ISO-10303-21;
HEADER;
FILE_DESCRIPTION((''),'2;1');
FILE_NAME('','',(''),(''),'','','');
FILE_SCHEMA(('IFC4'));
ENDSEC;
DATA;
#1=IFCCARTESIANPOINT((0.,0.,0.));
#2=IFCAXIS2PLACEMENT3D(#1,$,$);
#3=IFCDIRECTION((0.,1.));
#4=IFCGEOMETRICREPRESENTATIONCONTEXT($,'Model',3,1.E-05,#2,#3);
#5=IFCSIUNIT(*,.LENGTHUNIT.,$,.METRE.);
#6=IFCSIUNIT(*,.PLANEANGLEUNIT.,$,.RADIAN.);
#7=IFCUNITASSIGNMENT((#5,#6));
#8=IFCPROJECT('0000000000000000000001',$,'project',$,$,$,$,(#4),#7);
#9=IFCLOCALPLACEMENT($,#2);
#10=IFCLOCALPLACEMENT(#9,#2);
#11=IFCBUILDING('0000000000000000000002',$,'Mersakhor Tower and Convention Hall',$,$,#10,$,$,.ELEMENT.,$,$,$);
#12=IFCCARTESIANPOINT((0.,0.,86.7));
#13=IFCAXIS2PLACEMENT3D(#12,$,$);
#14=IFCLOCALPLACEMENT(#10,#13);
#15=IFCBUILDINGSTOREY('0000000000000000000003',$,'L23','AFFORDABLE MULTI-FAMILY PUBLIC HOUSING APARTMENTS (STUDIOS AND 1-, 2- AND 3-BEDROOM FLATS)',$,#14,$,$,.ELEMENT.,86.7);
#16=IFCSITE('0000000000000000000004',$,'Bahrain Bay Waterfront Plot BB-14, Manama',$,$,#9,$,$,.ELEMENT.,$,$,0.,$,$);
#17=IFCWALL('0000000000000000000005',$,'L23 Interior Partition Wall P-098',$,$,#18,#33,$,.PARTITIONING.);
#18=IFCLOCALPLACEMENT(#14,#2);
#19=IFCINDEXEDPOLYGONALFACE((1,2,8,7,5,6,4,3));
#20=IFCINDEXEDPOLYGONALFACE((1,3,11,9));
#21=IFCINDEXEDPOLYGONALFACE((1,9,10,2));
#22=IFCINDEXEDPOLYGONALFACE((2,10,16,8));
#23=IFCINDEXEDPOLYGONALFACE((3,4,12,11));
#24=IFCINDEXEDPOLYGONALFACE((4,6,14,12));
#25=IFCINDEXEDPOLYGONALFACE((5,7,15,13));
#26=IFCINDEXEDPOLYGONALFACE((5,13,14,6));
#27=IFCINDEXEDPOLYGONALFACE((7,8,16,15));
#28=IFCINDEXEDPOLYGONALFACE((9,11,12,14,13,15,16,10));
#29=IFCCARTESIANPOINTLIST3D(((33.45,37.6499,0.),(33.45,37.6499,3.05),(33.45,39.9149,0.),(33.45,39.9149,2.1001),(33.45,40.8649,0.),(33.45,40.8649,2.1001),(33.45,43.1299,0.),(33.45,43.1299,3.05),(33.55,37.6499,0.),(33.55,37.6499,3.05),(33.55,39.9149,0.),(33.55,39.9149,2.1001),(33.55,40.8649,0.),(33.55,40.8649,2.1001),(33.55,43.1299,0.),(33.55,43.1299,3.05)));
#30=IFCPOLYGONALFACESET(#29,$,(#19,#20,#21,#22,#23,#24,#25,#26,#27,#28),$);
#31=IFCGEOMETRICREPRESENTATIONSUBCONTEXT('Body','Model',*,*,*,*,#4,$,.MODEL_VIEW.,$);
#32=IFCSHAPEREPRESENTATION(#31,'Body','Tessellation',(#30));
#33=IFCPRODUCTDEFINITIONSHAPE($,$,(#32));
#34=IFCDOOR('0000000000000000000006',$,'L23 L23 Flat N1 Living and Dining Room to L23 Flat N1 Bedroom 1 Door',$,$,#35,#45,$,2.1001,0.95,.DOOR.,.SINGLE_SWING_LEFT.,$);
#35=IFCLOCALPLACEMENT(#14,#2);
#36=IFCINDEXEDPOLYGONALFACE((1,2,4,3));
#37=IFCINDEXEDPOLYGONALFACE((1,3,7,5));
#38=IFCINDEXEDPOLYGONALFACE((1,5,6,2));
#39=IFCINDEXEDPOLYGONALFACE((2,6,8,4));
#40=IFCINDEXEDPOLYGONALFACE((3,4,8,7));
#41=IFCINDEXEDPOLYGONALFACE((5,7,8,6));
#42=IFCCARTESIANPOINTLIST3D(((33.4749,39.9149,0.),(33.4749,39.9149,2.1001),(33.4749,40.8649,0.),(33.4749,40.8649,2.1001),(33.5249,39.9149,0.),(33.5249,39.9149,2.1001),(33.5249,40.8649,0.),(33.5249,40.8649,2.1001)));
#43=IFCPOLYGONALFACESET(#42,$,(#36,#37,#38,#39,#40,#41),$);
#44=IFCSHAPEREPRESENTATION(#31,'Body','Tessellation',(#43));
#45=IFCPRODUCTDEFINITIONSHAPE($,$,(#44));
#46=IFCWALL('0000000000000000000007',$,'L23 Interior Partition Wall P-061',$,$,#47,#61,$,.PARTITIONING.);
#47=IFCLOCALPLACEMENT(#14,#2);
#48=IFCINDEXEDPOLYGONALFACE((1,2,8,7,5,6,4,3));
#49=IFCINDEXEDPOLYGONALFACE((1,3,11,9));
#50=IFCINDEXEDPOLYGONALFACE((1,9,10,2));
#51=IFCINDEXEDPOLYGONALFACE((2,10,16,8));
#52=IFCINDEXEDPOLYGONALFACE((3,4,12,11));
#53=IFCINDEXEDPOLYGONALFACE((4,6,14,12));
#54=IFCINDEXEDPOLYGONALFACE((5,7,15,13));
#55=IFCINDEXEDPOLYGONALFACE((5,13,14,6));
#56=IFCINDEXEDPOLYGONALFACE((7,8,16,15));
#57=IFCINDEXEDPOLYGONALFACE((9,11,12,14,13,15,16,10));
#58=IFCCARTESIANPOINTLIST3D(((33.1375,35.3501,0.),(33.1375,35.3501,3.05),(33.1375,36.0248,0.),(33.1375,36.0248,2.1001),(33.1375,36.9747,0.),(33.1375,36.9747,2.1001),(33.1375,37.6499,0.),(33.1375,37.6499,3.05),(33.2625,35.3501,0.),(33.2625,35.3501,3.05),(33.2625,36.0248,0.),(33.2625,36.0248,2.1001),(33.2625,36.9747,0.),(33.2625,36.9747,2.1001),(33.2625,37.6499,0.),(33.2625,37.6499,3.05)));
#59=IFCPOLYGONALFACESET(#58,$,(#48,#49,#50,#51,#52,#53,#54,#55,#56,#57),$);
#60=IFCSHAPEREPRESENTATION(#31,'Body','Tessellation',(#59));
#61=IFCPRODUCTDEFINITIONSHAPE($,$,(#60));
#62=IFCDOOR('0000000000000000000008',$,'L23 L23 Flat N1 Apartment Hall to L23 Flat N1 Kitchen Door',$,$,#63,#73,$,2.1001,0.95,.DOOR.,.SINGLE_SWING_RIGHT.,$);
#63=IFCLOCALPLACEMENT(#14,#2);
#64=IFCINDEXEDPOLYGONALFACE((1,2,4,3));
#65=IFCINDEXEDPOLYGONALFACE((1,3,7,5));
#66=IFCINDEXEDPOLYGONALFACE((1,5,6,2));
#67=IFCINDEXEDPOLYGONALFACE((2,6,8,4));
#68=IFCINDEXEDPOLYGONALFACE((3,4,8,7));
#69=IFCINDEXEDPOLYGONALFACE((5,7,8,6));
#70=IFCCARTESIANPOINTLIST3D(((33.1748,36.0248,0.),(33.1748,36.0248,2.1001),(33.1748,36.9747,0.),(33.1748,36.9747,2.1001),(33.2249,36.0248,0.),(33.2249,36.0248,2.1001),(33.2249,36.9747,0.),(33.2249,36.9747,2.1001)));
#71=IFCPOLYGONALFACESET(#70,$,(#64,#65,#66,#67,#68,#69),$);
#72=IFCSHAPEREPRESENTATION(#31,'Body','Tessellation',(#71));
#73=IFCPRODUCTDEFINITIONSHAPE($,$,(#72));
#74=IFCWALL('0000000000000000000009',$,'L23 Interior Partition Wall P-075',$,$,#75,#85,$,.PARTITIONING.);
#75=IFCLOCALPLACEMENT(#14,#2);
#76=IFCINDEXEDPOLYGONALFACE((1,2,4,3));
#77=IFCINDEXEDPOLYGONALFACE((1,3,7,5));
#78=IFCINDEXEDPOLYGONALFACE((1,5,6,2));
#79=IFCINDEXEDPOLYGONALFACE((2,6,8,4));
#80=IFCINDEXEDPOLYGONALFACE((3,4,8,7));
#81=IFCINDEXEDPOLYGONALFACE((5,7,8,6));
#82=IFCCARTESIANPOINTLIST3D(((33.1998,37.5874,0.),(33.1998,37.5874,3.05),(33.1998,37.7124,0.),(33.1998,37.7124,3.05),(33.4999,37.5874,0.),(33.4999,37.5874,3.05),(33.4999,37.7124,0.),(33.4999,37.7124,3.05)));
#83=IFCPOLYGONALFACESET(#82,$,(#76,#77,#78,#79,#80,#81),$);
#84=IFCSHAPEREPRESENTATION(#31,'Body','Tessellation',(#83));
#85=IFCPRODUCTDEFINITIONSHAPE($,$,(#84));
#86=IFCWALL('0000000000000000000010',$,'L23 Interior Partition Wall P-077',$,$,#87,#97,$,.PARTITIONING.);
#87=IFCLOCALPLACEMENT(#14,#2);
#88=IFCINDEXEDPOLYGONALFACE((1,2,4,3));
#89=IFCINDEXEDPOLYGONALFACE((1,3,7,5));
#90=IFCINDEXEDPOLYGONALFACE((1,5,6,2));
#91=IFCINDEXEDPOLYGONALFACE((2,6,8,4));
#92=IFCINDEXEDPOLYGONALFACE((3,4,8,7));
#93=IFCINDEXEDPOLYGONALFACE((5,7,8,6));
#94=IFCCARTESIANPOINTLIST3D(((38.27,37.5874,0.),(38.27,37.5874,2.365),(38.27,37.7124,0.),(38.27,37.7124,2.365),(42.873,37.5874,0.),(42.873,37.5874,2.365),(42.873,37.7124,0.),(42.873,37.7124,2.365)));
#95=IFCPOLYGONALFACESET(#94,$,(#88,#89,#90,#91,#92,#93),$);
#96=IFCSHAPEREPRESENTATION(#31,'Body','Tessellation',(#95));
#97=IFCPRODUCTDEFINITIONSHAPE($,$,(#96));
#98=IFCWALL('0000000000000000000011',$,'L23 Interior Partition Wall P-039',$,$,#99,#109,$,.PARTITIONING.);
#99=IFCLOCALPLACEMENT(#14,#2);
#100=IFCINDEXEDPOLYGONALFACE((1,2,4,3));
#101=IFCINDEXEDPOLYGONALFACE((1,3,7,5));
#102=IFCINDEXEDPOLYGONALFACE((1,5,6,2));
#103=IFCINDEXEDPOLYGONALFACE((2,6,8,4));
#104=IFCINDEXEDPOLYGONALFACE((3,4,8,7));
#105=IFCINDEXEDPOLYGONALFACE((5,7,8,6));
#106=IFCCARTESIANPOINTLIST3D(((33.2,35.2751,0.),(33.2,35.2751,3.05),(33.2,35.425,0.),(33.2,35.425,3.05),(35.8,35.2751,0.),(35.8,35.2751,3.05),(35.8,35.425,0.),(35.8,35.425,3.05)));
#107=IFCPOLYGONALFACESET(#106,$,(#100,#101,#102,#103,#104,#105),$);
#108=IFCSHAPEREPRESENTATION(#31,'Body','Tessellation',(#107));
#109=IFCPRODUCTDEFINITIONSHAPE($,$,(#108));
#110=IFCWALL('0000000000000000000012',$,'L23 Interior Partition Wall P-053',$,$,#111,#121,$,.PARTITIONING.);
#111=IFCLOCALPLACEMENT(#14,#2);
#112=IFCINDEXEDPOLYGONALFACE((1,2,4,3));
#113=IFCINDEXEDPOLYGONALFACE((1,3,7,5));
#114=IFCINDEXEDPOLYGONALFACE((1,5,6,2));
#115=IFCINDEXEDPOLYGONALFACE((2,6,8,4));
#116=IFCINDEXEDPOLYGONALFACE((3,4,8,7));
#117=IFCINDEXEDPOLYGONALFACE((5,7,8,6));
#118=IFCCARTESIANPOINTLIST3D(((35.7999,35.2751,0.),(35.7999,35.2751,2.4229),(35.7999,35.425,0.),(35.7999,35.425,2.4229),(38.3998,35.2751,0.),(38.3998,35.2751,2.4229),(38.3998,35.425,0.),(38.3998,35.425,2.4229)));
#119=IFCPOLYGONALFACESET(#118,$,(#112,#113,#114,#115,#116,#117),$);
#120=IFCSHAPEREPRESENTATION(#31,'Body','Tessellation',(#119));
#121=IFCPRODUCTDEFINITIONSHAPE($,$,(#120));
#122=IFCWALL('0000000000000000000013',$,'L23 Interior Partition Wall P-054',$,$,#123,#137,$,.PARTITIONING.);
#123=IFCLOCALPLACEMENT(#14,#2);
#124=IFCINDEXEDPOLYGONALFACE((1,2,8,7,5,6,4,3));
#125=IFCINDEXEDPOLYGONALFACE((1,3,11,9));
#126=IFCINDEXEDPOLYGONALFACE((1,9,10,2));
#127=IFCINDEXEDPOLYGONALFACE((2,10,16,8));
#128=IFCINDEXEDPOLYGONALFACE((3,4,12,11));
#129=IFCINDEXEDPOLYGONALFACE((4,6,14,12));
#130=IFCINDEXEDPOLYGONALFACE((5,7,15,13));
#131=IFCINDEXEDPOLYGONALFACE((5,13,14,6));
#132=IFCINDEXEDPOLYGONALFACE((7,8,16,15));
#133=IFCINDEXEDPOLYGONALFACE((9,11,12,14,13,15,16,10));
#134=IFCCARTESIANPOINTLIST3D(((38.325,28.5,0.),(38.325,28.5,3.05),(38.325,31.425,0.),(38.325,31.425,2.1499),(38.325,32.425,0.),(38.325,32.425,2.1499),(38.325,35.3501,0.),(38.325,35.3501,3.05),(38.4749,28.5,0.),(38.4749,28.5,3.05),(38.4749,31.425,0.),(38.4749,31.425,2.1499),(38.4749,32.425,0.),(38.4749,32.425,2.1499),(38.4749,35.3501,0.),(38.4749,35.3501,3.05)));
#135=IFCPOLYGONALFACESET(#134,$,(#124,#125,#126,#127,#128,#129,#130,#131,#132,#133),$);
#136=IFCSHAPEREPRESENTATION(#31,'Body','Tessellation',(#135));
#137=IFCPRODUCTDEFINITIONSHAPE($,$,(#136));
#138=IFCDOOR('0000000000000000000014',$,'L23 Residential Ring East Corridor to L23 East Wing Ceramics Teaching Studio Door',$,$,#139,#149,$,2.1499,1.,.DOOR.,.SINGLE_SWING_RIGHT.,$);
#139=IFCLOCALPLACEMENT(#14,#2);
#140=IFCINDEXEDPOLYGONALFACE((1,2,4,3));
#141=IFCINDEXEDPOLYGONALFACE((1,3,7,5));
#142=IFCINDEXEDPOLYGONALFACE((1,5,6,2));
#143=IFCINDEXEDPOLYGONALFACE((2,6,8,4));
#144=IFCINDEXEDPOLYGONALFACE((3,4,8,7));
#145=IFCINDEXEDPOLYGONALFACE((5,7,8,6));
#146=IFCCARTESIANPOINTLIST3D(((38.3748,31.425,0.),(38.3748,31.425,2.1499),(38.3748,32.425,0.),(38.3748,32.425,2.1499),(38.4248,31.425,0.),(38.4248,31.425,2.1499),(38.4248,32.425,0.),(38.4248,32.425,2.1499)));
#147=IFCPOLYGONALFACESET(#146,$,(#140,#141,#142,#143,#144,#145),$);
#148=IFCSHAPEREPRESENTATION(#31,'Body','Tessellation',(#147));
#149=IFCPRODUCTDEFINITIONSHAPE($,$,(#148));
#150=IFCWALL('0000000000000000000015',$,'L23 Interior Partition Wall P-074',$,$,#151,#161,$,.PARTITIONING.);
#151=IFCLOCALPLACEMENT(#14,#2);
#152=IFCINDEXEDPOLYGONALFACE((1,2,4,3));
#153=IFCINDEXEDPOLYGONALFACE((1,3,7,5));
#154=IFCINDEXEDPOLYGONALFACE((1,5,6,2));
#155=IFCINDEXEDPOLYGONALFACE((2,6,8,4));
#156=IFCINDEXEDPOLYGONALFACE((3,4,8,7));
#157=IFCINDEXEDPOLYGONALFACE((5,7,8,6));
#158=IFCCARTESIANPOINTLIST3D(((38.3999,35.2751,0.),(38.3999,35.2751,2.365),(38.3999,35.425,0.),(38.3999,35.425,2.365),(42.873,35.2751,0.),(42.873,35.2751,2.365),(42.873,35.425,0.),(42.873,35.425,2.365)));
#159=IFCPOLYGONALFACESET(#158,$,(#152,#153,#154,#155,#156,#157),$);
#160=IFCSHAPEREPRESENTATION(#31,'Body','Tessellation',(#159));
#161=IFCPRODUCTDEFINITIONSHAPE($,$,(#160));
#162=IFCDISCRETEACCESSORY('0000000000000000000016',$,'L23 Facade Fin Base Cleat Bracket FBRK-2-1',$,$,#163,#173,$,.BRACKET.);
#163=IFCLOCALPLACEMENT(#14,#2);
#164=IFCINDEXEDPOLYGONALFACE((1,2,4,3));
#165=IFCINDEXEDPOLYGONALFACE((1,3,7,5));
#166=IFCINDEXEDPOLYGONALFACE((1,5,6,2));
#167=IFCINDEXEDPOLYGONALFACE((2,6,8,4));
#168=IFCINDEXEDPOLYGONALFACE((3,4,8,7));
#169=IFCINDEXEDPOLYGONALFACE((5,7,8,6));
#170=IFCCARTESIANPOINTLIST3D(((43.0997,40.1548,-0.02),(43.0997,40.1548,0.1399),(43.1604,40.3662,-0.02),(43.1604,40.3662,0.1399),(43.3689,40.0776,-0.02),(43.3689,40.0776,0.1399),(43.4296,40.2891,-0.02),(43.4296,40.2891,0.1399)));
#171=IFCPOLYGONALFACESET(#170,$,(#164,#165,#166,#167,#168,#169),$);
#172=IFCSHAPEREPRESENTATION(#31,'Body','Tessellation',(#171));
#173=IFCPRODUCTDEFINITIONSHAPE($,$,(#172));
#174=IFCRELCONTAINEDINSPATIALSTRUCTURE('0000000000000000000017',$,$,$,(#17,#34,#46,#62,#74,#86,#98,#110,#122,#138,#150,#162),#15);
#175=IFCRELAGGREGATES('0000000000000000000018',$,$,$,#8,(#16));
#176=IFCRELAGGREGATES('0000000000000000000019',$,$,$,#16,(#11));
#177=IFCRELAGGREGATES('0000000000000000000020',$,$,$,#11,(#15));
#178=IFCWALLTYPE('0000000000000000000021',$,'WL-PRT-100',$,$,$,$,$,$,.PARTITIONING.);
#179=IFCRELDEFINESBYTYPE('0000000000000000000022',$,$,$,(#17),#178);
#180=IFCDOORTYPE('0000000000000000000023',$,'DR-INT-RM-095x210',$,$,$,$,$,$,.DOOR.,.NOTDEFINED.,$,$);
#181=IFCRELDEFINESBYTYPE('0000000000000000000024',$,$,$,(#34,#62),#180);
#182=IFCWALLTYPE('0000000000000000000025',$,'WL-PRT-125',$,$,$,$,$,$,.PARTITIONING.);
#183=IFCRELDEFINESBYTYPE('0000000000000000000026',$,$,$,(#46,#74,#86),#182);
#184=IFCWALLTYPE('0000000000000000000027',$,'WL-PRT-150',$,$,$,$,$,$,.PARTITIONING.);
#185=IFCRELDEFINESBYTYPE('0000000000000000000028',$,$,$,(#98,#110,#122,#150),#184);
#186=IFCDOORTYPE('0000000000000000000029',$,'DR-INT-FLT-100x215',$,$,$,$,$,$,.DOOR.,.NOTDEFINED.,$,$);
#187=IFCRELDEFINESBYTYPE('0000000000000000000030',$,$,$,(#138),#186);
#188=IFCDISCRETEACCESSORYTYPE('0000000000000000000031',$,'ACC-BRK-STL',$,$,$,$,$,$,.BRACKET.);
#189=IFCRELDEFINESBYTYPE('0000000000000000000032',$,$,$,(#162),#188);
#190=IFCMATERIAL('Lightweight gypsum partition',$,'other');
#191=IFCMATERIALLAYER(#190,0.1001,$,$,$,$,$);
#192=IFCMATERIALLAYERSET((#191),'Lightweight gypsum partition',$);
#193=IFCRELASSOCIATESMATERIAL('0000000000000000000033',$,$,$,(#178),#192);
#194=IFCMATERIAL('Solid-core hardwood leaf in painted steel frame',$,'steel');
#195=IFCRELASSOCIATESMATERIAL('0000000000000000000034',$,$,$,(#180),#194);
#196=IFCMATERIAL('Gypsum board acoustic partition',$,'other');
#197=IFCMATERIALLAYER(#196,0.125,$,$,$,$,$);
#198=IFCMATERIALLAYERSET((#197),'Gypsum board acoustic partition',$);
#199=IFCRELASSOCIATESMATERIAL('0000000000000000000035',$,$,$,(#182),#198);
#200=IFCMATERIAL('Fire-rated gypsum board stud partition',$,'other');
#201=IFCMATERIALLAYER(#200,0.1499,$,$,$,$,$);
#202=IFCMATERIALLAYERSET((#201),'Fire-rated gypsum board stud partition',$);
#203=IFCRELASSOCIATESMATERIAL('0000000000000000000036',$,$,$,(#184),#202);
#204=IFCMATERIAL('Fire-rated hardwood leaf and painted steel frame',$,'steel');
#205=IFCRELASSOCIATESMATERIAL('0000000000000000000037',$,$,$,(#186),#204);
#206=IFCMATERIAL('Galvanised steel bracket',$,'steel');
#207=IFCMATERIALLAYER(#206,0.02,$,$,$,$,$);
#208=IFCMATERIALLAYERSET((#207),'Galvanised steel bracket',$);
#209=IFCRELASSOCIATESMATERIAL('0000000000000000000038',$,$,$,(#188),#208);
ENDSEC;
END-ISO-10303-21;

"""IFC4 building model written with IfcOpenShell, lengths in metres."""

from ifc_helpers import new_model, si_unit, direction, frame, frame_2d, origin, origin_2d, place, context, subcontext, project, spatial, rectangle, extrude, material, layer, layer_set, type_object, element, fill, save


model = new_model("IFC4")

# Units and contexts
model_context = context("Model", 3, precision=1e-05, world=origin(), true_north=direction((0.0, 1.0)))
body_context = subcontext(model_context, "Body", "Model", "MODEL_VIEW")
ifc_project = project(units=[si_unit("LENGTHUNIT", "METRE"), si_unit("PLANEANGLEUNIT", "RADIAN")], contexts=[model_context])

# Site, building, storey
site_placement = place(None, origin())
site = spatial("IfcSite", under=ifc_project, at=site_placement, Name="Bahrain Bay Waterfront Plot BB-14, Manama", CompositionType="ELEMENT", RefElevation=0.0)
building_placement = place(site_placement, origin())
building = spatial("IfcBuilding", under=site, at=building_placement, Name="Mersakhor Tower and Convention Hall", CompositionType="ELEMENT")
storey_placement = place(building_placement, frame((0.0, 0.0, 86.7)))
storey = spatial("IfcBuildingStorey", under=building, at=storey_placement, Name="L23", Description="AFFORDABLE MULTI-FAMILY PUBLIC HOUSING APARTMENTS (STUDIOS AND 1-, 2- AND 3-BEDROOM FLATS)", CompositionType="ELEMENT", Elevation=86.7)

# Shared definitions
ifc_material_1 = material(Name="Lightweight gypsum partition", Category="other")
ifc_layer_1 = layer(ifc_material_1, 0.1001)
ifc_layer_set_1 = layer_set([ifc_layer_1], Name="Lightweight gypsum partition")
wall_type_1 = type_object("IfcWallType", Name="WL-PRT-100", PredefinedType="PARTITIONING", material=ifc_layer_set_1)
ifc_material_2 = material(Name="Solid-core hardwood leaf in painted steel frame", Category="steel")
door_type_1 = type_object("IfcDoorType", Name="DR-INT-RM-095x210", OperationType="NOTDEFINED", PredefinedType="DOOR", material=ifc_material_2)

# Walls, openings, doors
wall_1_placement = place(storey_placement, frame((33.5, 43.1299, 0.0), z_axis=(0.0, 0.0, 1.0), x_axis=(0.0, -1.0, 0.0)))
wall_1 = element("IfcWall", 1, at=wall_1_placement, inside=storey, type_object=wall_type_1, Name="L23 Interior Partition Wall P-098", PredefinedType="PARTITIONING", context=body_context, shape_type="SweptSolid", body=[
    extrude(rectangle(XDim=5.48, YDim=0.1001, at=frame_2d((2.74, 0.0))), origin(), (0.0, 0.0, 1.0), 3.05),
])
opening_1_placement = place(wall_1_placement, frame((2.2649, 0.0, 0.0)))
opening_1 = element("IfcOpeningElement", 2, at=opening_1_placement, cuts=wall_1, PredefinedType="OPENING", context=body_context, shape_type="SweptSolid", body=[
    extrude(rectangle(XDim=0.95, YDim=2.1001, at=frame_2d((0.4751, 1.05))), frame((0.0, 0.0601, 0.0), z_axis=(0.0, -1.0, 0.0), x_axis=(1.0, 0.0, 0.0)), (0.0, 0.0, 1.0), 0.1201),
])
door_1_placement = place(opening_1_placement, origin())
door_1 = element("IfcDoor", 3, at=door_1_placement, inside=storey, type_object=door_type_1, Name="L23 L23 Flat N1 Living and Dining Room to L23 Flat N1 Bedroom 1 Door", OperationType="SINGLE_SWING_LEFT", OverallHeight=2.1001, OverallWidth=0.95, PredefinedType="DOOR", context=body_context, shape_type="SweptSolid", body=[
    extrude(rectangle(XDim=0.95, YDim=2.1001, at=frame_2d((0.4751, 1.05))), frame((0.0, 0.0249, 0.0), z_axis=(0.0, -1.0, 0.0), x_axis=(1.0, 0.0, 0.0)), (0.0, 0.0, 1.0), 0.05),
])
fill(opening_1, door_1)
ifc_material_3 = material(Name="Gypsum board acoustic partition", Category="other")
ifc_layer_2 = layer(ifc_material_3, 0.125)
ifc_layer_set_2 = layer_set([ifc_layer_2], Name="Gypsum board acoustic partition")
wall_type_2 = type_object("IfcWallType", Name="WL-PRT-125", PredefinedType="PARTITIONING", material=ifc_layer_set_2)
wall_2_placement = place(storey_placement, frame((33.2, 37.6499, 0.0), z_axis=(0.0, 0.0, 1.0), x_axis=(0.0, -1.0, 0.0)))
wall_2 = element("IfcWall", 4, at=wall_2_placement, inside=storey, type_object=wall_type_2, Name="L23 Interior Partition Wall P-061", PredefinedType="PARTITIONING", context=body_context, shape_type="SweptSolid", body=[
    extrude(rectangle(XDim=2.2998, YDim=0.125, at=frame_2d((1.1499, 0.0))), origin(), (0.0, 0.0, 1.0), 3.05),
])
opening_2_placement = place(wall_2_placement, frame((0.675, 0.0, 0.0)))
opening_2 = element("IfcOpeningElement", 5, at=opening_2_placement, cuts=wall_2, PredefinedType="OPENING", context=body_context, shape_type="SweptSolid", body=[
    extrude(rectangle(XDim=0.95, YDim=2.1001, at=frame_2d((0.4751, 1.05))), frame((0.0, 0.0725, 0.0), z_axis=(0.0, -1.0, 0.0), x_axis=(1.0, 0.0, 0.0)), (0.0, 0.0, 1.0), 0.145),
])
door_2_placement = place(opening_2_placement, origin())
door_2 = element("IfcDoor", 6, at=door_2_placement, inside=storey, type_object=door_type_1, Name="L23 L23 Flat N1 Apartment Hall to L23 Flat N1 Kitchen Door", OperationType="SINGLE_SWING_RIGHT", OverallHeight=2.1001, OverallWidth=0.95, PredefinedType="DOOR", context=body_context, shape_type="SweptSolid", body=[
    extrude(rectangle(XDim=0.95, YDim=2.1001, at=frame_2d((0.4751, 1.05))), frame((0.0, 0.0249, 0.0), z_axis=(0.0, -1.0, 0.0), x_axis=(1.0, 0.0, 0.0)), (0.0, 0.0, 1.0), 0.05),
])
fill(opening_2, door_2)

# Walls
wall_3_placement = place(storey_placement, frame((33.2, 37.6499, 0.0), z_axis=(0.0, 0.0, 1.0), x_axis=(1.0, 0.0, 0.0)))
element("IfcWall", 7, at=wall_3_placement, inside=storey, type_object=wall_type_2, Name="L23 Interior Partition Wall P-075", PredefinedType="PARTITIONING", context=body_context, shape_type="SweptSolid", body=[
    extrude(rectangle(XDim=0.3, YDim=0.125, at=frame_2d((0.1499, 0.0))), origin(), (0.0, 0.0, 1.0), 3.05),
])
wall_4_placement = place(storey_placement, frame((38.27, 37.6499, 0.0), z_axis=(0.0, 0.0, 1.0), x_axis=(1.0, 0.0, 0.0)))
element("IfcWall", 8, at=wall_4_placement, inside=storey, type_object=wall_type_2, Name="L23 Interior Partition Wall P-077", PredefinedType="PARTITIONING", context=body_context, shape_type="SweptSolid", body=[
    extrude(rectangle(XDim=4.603, YDim=0.125, at=frame_2d((2.3015, 0.0))), origin(), (0.0, 0.0, 1.0), 2.365),
])

# Shared definitions
ifc_material_4 = material(Name="Fire-rated gypsum board stud partition", Category="other")
ifc_layer_3 = layer(ifc_material_4, 0.1499)
ifc_layer_set_3 = layer_set([ifc_layer_3], Name="Fire-rated gypsum board stud partition")
wall_type_3 = type_object("IfcWallType", Name="WL-PRT-150", PredefinedType="PARTITIONING", material=ifc_layer_set_3)
ifc_material_5 = material(Name="Fire-rated hardwood leaf and painted steel frame", Category="steel")
door_type_2 = type_object("IfcDoorType", Name="DR-INT-FLT-100x215", OperationType="NOTDEFINED", PredefinedType="DOOR", material=ifc_material_5)

# Wall
wall_5_placement = place(storey_placement, frame((33.2, 35.3501, 0.0), z_axis=(0.0, 0.0, 1.0), x_axis=(1.0, 0.0, 0.0)))
element("IfcWall", 9, at=wall_5_placement, inside=storey, type_object=wall_type_3, Name="L23 Interior Partition Wall P-039", PredefinedType="PARTITIONING", context=body_context, shape_type="SweptSolid", body=[
    extrude(rectangle(XDim=2.6001, YDim=0.1499, at=frame_2d((1.3, 0.0))), origin(), (0.0, 0.0, 1.0), 3.05),
])

# Wall
wall_6_placement = place(storey_placement, frame((35.8, 35.3501, 0.0), z_axis=(0.0, 0.0, 1.0), x_axis=(1.0, 0.0, 0.0)))
element("IfcWall", 10, at=wall_6_placement, inside=storey, type_object=wall_type_3, Name="L23 Interior Partition Wall P-053", PredefinedType="PARTITIONING", context=body_context, shape_type="SweptSolid", body=[
    extrude(rectangle(XDim=2.5999, YDim=0.1499, at=frame_2d((1.2998, 0.0))), origin(), (0.0, 0.0, 1.0), 2.4229),
])

# Wall, opening, door
wall_7_placement = place(storey_placement, frame((38.3999, 35.3501, 0.0), z_axis=(0.0, 0.0, 1.0), x_axis=(0.0, -1.0, 0.0)))
wall_7 = element("IfcWall", 11, at=wall_7_placement, inside=storey, type_object=wall_type_3, Name="L23 Interior Partition Wall P-054", PredefinedType="PARTITIONING", context=body_context, shape_type="SweptSolid", body=[
    extrude(rectangle(XDim=6.8501, YDim=0.1499, at=frame_2d((3.425, 0.0))), origin(), (0.0, 0.0, 1.0), 3.05),
])
opening_3_placement = place(wall_7_placement, frame((2.925, 0.0, 0.0)))
opening_3 = element("IfcOpeningElement", 12, at=opening_3_placement, cuts=wall_7, PredefinedType="OPENING", context=body_context, shape_type="SweptSolid", body=[
    extrude(rectangle(XDim=1.0, YDim=2.1499, at=frame_2d((0.5, 1.075))), frame((0.0, 0.085, 0.0), z_axis=(0.0, -1.0, 0.0), x_axis=(1.0, 0.0, 0.0)), (0.0, 0.0, 1.0), 0.1699),
])
door_3_placement = place(opening_3_placement, origin())
door_3 = element("IfcDoor", 13, at=door_3_placement, inside=storey, type_object=door_type_2, Name="L23 Residential Ring East Corridor to L23 East Wing Ceramics Teaching Studio Door", OperationType="SINGLE_SWING_RIGHT", OverallHeight=2.1499, OverallWidth=1.0, PredefinedType="DOOR", context=body_context, shape_type="SweptSolid", body=[
    extrude(rectangle(XDim=1.0, YDim=2.1499, at=frame_2d((0.5, 1.075))), frame((0.0, 0.0249, 0.0), z_axis=(0.0, -1.0, 0.0), x_axis=(1.0, 0.0, 0.0)), (0.0, 0.0, 1.0), 0.05),
])
fill(opening_3, door_3)

# Wall
wall_8_placement = place(storey_placement, frame((42.873, 35.3501, 0.0), z_axis=(0.0, 0.0, 1.0), x_axis=(-1.0, 0.0, 0.0)))
element("IfcWall", 14, at=wall_8_placement, inside=storey, type_object=wall_type_3, Name="L23 Interior Partition Wall P-074", PredefinedType="PARTITIONING", context=body_context, shape_type="SweptSolid", body=[
    extrude(rectangle(XDim=4.4731, YDim=0.1499, at=frame_2d((2.2366, 0.0))), origin(), (0.0, 0.0, 1.0), 2.365),
])

# Discrete accessory
ifc_material_6 = material(Name="Galvanised steel bracket", Category="steel")
ifc_layer_4 = layer(ifc_material_6, 0.02)
ifc_layer_set_4 = layer_set([ifc_layer_4], Name="Galvanised steel bracket")
discrete_accessory_type = type_object("IfcDiscreteAccessoryType", Name="ACC-BRK-STL", PredefinedType="BRACKET", material=ifc_layer_set_4)
discrete_accessory_placement = place(storey_placement, frame((43.2646, 40.2219, -0.02), z_axis=(0.0, 0.0, 1.0), x_axis=(0.961262, -0.275637, 0.0)))
element("IfcDiscreteAccessory", 15, at=discrete_accessory_placement, inside=storey, type_object=discrete_accessory_type, Name="L23 Facade Fin Base Cleat Bracket FBRK-2-1", PredefinedType="BRACKET", context=body_context, shape_type="SweptSolid", body=[
    extrude(rectangle(XDim=0.28, YDim=0.22, at=origin_2d()), origin(), (0.0, 0.0, 1.0), 0.1599),
])

save(model, "model.ifc")
